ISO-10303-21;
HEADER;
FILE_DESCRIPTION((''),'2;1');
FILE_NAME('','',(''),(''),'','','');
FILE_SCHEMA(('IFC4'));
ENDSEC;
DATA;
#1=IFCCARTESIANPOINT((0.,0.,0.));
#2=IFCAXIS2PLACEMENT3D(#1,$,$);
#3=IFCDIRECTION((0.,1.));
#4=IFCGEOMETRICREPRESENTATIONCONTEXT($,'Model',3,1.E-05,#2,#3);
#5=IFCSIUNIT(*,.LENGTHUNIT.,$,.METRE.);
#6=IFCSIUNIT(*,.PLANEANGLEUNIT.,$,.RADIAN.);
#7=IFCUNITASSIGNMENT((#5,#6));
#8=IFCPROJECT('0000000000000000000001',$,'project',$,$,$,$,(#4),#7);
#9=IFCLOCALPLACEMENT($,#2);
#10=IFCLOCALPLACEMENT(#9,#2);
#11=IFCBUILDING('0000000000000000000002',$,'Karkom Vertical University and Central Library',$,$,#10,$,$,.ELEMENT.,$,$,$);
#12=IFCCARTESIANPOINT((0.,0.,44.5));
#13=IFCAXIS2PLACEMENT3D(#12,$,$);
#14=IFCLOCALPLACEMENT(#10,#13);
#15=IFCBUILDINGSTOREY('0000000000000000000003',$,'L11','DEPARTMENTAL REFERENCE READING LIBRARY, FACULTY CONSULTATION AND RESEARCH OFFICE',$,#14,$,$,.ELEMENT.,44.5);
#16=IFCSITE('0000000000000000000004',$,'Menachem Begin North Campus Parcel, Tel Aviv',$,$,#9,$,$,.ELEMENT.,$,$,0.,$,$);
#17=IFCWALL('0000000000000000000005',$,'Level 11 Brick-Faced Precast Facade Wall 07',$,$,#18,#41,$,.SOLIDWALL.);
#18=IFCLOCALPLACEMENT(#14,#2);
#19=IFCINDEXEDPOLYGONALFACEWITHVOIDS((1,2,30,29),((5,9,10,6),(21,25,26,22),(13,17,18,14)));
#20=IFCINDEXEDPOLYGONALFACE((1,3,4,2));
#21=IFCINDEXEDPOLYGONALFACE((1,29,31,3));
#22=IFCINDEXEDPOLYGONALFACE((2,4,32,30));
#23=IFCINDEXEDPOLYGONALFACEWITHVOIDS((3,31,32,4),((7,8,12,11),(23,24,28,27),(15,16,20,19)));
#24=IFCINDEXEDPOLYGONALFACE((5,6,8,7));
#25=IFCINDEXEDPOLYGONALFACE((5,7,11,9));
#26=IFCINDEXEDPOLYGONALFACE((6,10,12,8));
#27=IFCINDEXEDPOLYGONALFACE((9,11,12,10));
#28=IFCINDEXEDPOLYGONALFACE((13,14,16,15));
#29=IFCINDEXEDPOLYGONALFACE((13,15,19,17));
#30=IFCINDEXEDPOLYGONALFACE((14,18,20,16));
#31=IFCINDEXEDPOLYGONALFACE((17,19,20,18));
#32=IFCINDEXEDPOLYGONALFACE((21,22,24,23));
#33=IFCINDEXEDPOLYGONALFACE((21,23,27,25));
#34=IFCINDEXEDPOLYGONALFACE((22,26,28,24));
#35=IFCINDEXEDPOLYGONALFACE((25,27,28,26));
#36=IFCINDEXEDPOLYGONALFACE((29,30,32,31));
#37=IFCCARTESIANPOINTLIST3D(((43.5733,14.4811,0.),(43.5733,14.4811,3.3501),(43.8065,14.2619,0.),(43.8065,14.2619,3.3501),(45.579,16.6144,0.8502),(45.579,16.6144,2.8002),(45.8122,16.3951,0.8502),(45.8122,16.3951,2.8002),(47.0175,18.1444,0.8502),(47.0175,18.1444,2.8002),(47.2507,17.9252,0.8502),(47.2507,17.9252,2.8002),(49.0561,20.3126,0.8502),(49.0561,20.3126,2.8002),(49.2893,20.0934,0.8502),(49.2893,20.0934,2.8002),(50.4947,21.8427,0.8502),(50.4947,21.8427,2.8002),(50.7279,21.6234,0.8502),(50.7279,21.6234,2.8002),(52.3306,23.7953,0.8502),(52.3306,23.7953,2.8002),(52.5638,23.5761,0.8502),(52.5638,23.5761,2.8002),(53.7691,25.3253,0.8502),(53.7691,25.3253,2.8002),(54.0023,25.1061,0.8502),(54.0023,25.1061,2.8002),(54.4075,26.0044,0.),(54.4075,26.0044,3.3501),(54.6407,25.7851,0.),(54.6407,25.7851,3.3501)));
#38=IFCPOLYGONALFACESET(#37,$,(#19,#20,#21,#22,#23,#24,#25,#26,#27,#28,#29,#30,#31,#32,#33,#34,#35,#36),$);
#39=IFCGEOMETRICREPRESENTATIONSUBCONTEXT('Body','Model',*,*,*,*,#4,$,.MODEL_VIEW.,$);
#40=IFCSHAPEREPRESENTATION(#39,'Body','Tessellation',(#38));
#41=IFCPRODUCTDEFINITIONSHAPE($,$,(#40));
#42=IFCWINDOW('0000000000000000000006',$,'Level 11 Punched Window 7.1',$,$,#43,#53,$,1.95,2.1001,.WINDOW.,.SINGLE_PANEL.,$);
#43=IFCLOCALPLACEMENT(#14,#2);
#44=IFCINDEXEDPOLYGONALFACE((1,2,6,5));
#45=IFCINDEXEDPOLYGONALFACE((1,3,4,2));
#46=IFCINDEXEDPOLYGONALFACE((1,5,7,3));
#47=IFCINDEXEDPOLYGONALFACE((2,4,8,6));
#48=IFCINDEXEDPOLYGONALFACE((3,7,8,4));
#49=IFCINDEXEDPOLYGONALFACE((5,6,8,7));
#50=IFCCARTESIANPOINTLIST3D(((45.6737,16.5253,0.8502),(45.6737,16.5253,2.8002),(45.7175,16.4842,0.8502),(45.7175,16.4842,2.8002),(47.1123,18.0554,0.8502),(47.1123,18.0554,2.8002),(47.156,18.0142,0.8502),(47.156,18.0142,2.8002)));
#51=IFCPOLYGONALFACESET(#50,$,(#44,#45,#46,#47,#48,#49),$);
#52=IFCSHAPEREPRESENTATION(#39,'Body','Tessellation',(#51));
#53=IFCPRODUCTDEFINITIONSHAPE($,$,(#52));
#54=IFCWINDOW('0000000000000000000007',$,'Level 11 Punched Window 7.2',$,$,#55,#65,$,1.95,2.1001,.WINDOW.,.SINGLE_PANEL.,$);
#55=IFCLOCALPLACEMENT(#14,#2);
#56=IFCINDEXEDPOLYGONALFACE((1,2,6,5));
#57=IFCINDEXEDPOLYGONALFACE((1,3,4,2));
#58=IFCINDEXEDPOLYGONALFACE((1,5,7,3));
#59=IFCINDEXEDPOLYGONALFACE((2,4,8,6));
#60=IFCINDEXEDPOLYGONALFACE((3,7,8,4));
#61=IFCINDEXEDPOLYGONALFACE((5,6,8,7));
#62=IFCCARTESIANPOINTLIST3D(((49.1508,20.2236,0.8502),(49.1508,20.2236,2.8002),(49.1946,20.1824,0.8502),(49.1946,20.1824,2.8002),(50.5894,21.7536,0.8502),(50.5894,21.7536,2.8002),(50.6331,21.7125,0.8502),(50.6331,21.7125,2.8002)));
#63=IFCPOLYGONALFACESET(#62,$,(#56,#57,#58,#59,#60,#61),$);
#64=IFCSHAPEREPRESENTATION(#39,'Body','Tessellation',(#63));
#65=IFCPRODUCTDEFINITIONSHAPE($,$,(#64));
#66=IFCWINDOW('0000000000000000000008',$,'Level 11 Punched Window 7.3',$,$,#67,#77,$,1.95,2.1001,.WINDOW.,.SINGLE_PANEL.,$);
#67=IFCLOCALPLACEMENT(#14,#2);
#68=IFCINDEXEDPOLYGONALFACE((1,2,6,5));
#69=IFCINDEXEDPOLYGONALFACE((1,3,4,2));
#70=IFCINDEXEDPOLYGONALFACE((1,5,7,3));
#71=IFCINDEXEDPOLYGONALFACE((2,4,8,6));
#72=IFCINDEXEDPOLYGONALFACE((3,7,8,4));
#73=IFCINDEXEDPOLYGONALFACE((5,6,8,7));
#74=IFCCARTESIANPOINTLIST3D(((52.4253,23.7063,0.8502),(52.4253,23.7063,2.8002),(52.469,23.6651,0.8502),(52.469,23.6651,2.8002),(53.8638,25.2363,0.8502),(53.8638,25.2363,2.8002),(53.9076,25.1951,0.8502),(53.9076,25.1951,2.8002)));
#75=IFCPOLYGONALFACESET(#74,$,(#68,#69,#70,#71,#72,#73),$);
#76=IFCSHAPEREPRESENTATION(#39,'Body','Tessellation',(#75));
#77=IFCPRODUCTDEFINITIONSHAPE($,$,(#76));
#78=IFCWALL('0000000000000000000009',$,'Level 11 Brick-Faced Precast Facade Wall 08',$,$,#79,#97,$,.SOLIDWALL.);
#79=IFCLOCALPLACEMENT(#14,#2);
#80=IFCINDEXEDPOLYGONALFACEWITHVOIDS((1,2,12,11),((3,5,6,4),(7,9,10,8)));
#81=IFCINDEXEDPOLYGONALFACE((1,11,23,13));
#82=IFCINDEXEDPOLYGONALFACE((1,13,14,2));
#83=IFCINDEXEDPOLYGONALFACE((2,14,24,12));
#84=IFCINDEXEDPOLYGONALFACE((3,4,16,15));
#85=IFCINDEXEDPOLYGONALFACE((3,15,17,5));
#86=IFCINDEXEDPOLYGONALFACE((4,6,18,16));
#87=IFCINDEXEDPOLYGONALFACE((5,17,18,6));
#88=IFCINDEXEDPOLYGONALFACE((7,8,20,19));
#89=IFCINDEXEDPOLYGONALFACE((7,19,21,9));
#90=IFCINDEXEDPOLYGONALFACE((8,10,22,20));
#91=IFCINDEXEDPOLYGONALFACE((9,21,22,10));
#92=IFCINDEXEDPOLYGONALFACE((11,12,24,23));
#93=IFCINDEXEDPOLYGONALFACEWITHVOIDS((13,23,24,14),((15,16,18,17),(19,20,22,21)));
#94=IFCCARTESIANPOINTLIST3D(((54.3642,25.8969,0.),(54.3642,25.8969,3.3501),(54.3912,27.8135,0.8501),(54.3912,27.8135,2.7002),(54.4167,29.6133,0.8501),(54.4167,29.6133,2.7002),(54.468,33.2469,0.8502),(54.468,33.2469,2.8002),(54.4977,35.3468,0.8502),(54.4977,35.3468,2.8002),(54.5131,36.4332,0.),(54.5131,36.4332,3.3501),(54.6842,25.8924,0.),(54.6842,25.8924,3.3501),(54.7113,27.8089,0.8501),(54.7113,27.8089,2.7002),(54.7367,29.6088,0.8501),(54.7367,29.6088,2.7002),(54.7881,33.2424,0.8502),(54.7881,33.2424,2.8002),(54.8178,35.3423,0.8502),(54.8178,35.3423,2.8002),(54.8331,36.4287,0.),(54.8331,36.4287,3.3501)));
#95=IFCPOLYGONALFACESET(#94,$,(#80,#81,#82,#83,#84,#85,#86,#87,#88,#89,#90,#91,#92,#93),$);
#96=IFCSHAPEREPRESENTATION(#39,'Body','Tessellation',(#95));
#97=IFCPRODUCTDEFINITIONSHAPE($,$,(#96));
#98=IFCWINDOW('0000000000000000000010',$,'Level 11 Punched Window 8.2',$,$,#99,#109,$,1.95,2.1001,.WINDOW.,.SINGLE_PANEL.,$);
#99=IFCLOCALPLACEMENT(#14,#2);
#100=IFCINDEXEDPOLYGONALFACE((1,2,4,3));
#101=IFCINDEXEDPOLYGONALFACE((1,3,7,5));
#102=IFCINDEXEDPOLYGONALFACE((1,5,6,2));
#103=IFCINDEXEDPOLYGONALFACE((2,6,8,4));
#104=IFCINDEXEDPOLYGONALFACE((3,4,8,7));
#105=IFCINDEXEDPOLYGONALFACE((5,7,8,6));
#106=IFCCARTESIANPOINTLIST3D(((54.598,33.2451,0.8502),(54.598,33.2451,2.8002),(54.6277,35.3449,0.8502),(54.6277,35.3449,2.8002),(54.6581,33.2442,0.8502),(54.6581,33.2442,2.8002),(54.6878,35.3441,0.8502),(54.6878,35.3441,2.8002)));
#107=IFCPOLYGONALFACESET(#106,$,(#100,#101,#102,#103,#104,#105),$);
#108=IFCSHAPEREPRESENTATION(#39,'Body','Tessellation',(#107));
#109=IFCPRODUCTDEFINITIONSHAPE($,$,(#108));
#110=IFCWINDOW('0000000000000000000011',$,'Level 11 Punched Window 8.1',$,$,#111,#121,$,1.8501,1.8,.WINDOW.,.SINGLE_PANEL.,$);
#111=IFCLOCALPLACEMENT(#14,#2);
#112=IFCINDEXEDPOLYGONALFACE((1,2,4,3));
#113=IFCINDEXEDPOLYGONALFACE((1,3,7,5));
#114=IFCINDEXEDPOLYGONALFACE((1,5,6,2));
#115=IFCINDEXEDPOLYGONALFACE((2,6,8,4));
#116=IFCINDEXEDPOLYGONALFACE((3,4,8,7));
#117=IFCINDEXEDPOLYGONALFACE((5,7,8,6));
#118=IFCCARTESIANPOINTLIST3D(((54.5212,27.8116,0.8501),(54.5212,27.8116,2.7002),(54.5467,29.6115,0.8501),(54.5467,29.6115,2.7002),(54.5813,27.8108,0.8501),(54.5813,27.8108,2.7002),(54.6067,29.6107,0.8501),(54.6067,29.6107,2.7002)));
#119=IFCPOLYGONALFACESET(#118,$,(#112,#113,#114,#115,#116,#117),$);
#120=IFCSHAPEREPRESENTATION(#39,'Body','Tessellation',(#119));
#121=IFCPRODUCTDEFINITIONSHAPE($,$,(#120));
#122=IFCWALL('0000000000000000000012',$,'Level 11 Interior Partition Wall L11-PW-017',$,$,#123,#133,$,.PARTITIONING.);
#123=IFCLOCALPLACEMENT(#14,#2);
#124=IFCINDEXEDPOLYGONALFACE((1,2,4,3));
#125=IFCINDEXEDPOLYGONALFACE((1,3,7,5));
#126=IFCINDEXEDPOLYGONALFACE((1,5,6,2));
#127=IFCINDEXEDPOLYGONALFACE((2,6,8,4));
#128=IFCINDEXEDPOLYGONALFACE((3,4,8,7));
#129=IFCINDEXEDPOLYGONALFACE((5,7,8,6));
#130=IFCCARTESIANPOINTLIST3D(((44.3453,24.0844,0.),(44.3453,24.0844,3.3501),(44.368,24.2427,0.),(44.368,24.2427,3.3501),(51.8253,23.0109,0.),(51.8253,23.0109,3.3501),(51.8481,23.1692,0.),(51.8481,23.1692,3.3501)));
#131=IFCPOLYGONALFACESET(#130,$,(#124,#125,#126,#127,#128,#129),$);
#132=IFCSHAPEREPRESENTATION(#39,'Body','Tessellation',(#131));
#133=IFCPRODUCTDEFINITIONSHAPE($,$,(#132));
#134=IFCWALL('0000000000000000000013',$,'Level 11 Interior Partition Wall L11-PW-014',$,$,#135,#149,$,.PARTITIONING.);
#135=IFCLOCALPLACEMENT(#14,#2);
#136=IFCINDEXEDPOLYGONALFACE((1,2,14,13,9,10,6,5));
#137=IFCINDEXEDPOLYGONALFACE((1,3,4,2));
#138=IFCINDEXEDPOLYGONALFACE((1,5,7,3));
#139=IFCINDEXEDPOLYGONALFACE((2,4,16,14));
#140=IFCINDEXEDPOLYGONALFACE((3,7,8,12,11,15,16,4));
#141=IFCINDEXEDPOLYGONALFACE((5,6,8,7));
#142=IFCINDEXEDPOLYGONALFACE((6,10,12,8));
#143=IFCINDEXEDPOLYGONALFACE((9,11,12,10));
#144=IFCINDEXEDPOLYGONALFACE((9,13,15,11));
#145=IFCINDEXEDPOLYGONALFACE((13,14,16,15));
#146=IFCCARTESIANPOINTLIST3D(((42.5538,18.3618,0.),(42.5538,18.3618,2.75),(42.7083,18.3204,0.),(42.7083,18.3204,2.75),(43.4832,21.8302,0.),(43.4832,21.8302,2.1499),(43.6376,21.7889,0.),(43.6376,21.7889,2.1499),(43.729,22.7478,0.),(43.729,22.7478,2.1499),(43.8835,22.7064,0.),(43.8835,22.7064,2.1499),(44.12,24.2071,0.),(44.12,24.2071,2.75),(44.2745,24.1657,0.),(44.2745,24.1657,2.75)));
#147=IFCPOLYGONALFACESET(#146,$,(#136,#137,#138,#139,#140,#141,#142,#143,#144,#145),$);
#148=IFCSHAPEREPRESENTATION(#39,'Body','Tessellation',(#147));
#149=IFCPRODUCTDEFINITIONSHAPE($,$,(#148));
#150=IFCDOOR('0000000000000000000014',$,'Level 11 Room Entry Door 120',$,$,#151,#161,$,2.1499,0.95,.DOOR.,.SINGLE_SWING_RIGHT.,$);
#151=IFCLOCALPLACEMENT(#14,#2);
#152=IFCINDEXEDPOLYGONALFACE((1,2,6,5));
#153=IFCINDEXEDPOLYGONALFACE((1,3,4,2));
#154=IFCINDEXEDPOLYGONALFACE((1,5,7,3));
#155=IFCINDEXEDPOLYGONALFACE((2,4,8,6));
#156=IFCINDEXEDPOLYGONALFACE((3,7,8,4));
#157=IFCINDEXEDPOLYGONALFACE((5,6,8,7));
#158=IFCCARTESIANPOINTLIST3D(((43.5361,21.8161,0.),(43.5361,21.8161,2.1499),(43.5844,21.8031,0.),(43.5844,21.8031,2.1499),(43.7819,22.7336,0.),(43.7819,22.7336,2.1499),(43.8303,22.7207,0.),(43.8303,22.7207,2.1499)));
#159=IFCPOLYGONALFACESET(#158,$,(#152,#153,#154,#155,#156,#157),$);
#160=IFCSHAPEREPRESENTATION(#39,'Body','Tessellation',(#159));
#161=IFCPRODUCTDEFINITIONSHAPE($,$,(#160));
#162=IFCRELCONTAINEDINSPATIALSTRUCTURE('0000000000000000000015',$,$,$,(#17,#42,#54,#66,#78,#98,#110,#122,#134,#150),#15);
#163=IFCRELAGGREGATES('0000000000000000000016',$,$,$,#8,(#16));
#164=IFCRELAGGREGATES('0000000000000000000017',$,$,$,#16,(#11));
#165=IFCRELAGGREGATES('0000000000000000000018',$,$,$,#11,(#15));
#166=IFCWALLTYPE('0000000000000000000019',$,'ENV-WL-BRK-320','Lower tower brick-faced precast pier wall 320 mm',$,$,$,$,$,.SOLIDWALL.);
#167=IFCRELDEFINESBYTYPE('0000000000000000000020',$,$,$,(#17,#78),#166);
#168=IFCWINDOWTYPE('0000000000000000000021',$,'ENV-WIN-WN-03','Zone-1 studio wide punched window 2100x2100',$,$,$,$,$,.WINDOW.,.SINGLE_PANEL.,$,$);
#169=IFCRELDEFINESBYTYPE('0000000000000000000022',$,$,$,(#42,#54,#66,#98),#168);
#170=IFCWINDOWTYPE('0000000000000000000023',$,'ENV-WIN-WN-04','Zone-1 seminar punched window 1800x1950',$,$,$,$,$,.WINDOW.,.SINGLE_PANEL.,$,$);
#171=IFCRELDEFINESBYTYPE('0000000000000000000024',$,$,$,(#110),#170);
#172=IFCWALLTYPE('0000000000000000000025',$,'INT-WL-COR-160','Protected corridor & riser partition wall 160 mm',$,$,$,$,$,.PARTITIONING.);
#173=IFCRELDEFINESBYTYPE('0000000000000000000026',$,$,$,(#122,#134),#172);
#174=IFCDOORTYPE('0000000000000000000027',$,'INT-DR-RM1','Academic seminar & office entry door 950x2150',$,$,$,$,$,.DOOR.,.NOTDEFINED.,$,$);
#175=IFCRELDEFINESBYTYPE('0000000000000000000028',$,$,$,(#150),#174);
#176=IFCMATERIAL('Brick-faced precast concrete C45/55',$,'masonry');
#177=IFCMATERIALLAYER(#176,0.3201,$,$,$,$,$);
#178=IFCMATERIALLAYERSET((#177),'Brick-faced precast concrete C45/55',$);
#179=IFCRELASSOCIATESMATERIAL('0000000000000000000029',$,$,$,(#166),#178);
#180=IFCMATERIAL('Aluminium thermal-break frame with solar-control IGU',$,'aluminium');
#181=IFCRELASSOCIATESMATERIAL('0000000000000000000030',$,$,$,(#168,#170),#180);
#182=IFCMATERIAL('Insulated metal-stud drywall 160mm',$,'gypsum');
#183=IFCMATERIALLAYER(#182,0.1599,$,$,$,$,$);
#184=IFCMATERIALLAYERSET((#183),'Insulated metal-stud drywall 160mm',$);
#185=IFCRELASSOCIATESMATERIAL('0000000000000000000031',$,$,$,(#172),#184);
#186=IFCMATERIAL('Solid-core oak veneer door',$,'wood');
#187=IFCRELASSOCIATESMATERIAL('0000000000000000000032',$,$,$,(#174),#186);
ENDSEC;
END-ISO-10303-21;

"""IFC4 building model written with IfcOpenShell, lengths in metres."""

from ifc_helpers import new_model, si_unit, direction, frame, frame_2d, origin, origin_with_axes, place, context, subcontext, project, spatial, rectangle, extrude, source, transform, mapped, material, layer, layer_set, type_object, element, fill, save


model = new_model("IFC4")

# Units and contexts
model_context = context("Model", 3, precision=1e-05, world=origin(), true_north=direction((0.0, 1.0)))
body_context = subcontext(model_context, "Body", "Model", "MODEL_VIEW")
ifc_project = project(units=[si_unit("LENGTHUNIT", "METRE"), si_unit("PLANEANGLEUNIT", "RADIAN")], contexts=[model_context])

# Site, building, storey
site_placement = place(None, origin())
site = spatial("IfcSite", under=ifc_project, at=site_placement, Name="Menachem Begin North Campus Parcel, Tel Aviv", CompositionType="ELEMENT", RefElevation=0.0)
building_placement = place(site_placement, origin())
building = spatial("IfcBuilding", under=site, at=building_placement, Name="Karkom Vertical University and Central Library", CompositionType="ELEMENT")
storey_placement = place(building_placement, frame((0.0, 0.0, 44.5)))
storey = spatial("IfcBuildingStorey", under=building, at=storey_placement, Name="L11", Description="DEPARTMENTAL REFERENCE READING LIBRARY, FACULTY CONSULTATION AND RESEARCH OFFICE", CompositionType="ELEMENT", Elevation=44.5)

# Walls, openings, windows
ifc_material_1 = material(Name="Brick-faced precast concrete C45/55", Category="masonry")
ifc_layer_1 = layer(ifc_material_1, 0.3201)
ifc_layer_set_1 = layer_set([ifc_layer_1], Name="Brick-faced precast concrete C45/55")
wall_type_1 = type_object("IfcWallType", Name="ENV-WL-BRK-320", Description="Lower tower brick-faced precast pier wall 320 mm", PredefinedType="SOLIDWALL", material=ifc_layer_set_1)
wall_1_placement = place(storey_placement, frame((43.6899, 14.3716, 0.0), z_axis=(0.0, 0.0, 1.0), x_axis=(0.684991, 0.728551, 0.0)))
wall_1 = element("IfcWall", 1, at=wall_1_placement, inside=storey, type_object=wall_type_1, Name="Level 11 Brick-Faced Precast Facade Wall 07", PredefinedType="SOLIDWALL", context=body_context, shape_type="SweptSolid", body=[
    extrude(rectangle(XDim=15.8167, YDim=0.3201, at=frame_2d((7.9082, 0.0))), origin(), (0.0, 0.0, 1.0), 3.3501),
])
opening_1_placement = place(wall_1_placement, frame((2.928, 0.0, 0.8501)))
opening_1 = element("IfcOpeningElement", 2, at=opening_1_placement, cuts=wall_1, PredefinedType="OPENING", context=body_context, shape_type="SweptSolid", body=[
    extrude(rectangle(XDim=2.1001, YDim=1.95, at=frame_2d((1.05, 0.9751))), frame((0.0, 0.1699, 0.0), z_axis=(0.0, -1.0, 0.0), x_axis=(1.0, 0.0, 0.0)), (0.0, 0.0, 1.0), 0.3401),
])
opening_2_placement = place(wall_1_placement, frame((8.0042, 0.0, 0.8501)))
opening_2 = element("IfcOpeningElement", 3, at=opening_2_placement, cuts=wall_1, PredefinedType="OPENING", context=body_context, shape_type="SweptSolid", body=[
    extrude(rectangle(XDim=2.1001, YDim=1.95, at=frame_2d((1.05, 0.9751))), frame((0.0, 0.1699, 0.0), z_axis=(0.0, -1.0, 0.0), x_axis=(1.0, 0.0, 0.0)), (0.0, 0.0, 1.0), 0.3401),
])
opening_3_placement = place(wall_1_placement, frame((12.7844, 0.0, 0.8501)))
opening_3 = element("IfcOpeningElement", 4, at=opening_3_placement, cuts=wall_1, PredefinedType="OPENING", context=body_context, shape_type="SweptSolid", body=[
    extrude(rectangle(XDim=2.1001, YDim=1.95, at=frame_2d((1.05, 0.9751))), frame((0.0, 0.1699, 0.0), z_axis=(0.0, -1.0, 0.0), x_axis=(1.0, 0.0, 0.0)), (0.0, 0.0, 1.0), 0.3401),
])
ifc_material_2 = material(Name="Aluminium thermal-break frame with solar-control IGU", Category="aluminium")
window_type_1 = type_object("IfcWindowType", Name="ENV-WIN-WN-03", Description="Zone-1 studio wide punched window 2100x2100", PartitioningType="SINGLE_PANEL", PredefinedType="WINDOW", material=ifc_material_2)
shared_shape_1 = source(origin_with_axes(), body_context, "Body", "SweptSolid", [
    extrude(rectangle(XDim=2.1001, YDim=1.95, at=frame_2d((1.05, 0.9751))), frame((0.0, 0.03, 0.0), z_axis=(0.0, -1.0, 0.0), x_axis=(1.0, 0.0, 0.0)), (0.0, 0.0, 1.0), 0.0601),
])
window_1_placement = place(opening_1_placement, origin())
window_1 = element("IfcWindow", 5, at=window_1_placement, inside=storey, type_object=window_type_1, Name="Level 11 Punched Window 7.1", OverallHeight=1.95, OverallWidth=2.1001, PartitioningType="SINGLE_PANEL", PredefinedType="WINDOW", context=body_context, shape_type="MappedRepresentation", body=[
    mapped(shared_shape_1, transform((0.0, 0.0, 0.0), scale=1.0)),
])
fill(opening_1, window_1)
window_2_placement = place(opening_2_placement, origin())
window_2 = element("IfcWindow", 6, at=window_2_placement, inside=storey, type_object=window_type_1, Name="Level 11 Punched Window 7.2", OverallHeight=1.95, OverallWidth=2.1001, PartitioningType="SINGLE_PANEL", PredefinedType="WINDOW", context=body_context, shape_type="MappedRepresentation", body=[
    mapped(shared_shape_1, transform((0.0, 0.0, 0.0), scale=1.0)),
])
fill(opening_2, window_2)
window_3_placement = place(opening_3_placement, origin())
window_3 = element("IfcWindow", 7, at=window_3_placement, inside=storey, type_object=window_type_1, Name="Level 11 Punched Window 7.3", OverallHeight=1.95, OverallWidth=2.1001, PartitioningType="SINGLE_PANEL", PredefinedType="WINDOW", context=body_context, shape_type="MappedRepresentation", body=[
    mapped(shared_shape_1, transform((0.0, 0.0, 0.0), scale=1.0)),
])
fill(opening_3, window_3)
wall_2_placement = place(storey_placement, frame((54.5242, 25.8948, 0.0), z_axis=(0.0, 0.0, 1.0), x_axis=(0.014133, 0.9999, 0.0)))
wall_2 = element("IfcWall", 8, at=wall_2_placement, inside=storey, type_object=wall_type_1, Name="Level 11 Brick-Faced Precast Facade Wall 08", PredefinedType="SOLIDWALL", context=body_context, shape_type="SweptSolid", body=[
    extrude(rectangle(XDim=10.5374, YDim=0.3201, at=frame_2d((5.2686, 0.0))), origin(), (0.0, 0.0, 1.0), 3.3501),
])
opening_4_placement = place(wall_2_placement, frame((1.9167, 0.0, 0.8501)))
opening_4 = element("IfcOpeningElement", 9, at=opening_4_placement, cuts=wall_2, PredefinedType="OPENING", context=body_context, shape_type="SweptSolid", body=[
    extrude(rectangle(XDim=1.8, YDim=1.8501, at=frame_2d((0.8999, 0.925))), frame((0.0, 0.1699, 0.0), z_axis=(0.0, -1.0, 0.0), x_axis=(1.0, 0.0, 0.0)), (0.0, 0.0, 1.0), 0.3401),
])
opening_5_placement = place(wall_2_placement, frame((7.3506, 0.0, 0.8501)))
opening_5 = element("IfcOpeningElement", 10, at=opening_5_placement, cuts=wall_2, PredefinedType="OPENING", context=body_context, shape_type="SweptSolid", body=[
    extrude(rectangle(XDim=2.1001, YDim=1.95, at=frame_2d((1.05, 0.9751))), frame((0.0, 0.1699, 0.0), z_axis=(0.0, -1.0, 0.0), x_axis=(1.0, 0.0, 0.0)), (0.0, 0.0, 1.0), 0.3401),
])
window_4_placement = place(opening_5_placement, origin())
window_4 = element("IfcWindow", 11, at=window_4_placement, inside=storey, type_object=window_type_1, Name="Level 11 Punched Window 8.2", OverallHeight=1.95, OverallWidth=2.1001, PartitioningType="SINGLE_PANEL", PredefinedType="WINDOW", context=body_context, shape_type="MappedRepresentation", body=[
    mapped(shared_shape_1, transform((0.0, 0.0, 0.0), scale=1.0)),
])
fill(opening_5, window_4)
window_type_2 = type_object("IfcWindowType", Name="ENV-WIN-WN-04", Description="Zone-1 seminar punched window 1800x1950", PartitioningType="SINGLE_PANEL", PredefinedType="WINDOW", material=ifc_material_2)
shared_shape_2 = source(origin_with_axes(), body_context, "Body", "SweptSolid", [
    extrude(rectangle(XDim=1.8, YDim=1.8501, at=frame_2d((0.8999, 0.925))), frame((0.0, 0.03, 0.0), z_axis=(0.0, -1.0, 0.0), x_axis=(1.0, 0.0, 0.0)), (0.0, 0.0, 1.0), 0.0601),
])
window_5_placement = place(opening_4_placement, origin())
window_5 = element("IfcWindow", 12, at=window_5_placement, inside=storey, type_object=window_type_2, Name="Level 11 Punched Window 8.1", OverallHeight=1.8501, OverallWidth=1.8, PartitioningType="SINGLE_PANEL", PredefinedType="WINDOW", context=body_context, shape_type="MappedRepresentation", body=[
    mapped(shared_shape_2, transform((0.0, 0.0, 0.0), scale=1.0)),
])
fill(opening_4, window_5)

# Wall
ifc_material_3 = material(Name="Insulated metal-stud drywall 160mm", Category="gypsum")
ifc_layer_2 = layer(ifc_material_3, 0.1599)
ifc_layer_set_2 = layer_set([ifc_layer_2], Name="Insulated metal-stud drywall 160mm")
wall_type_2 = type_object("IfcWallType", Name="INT-WL-COR-160", Description="Protected corridor & riser partition wall 160 mm", PredefinedType="PARTITIONING", material=ifc_layer_set_2)
wall_3_placement = place(storey_placement, frame((44.3567, 24.1636, 0.0), z_axis=(0.0, 0.0, 1.0), x_axis=(0.989858, -0.142059, 0.0)))
element("IfcWall", 13, at=wall_3_placement, inside=storey, type_object=wall_type_2, Name="Level 11 Interior Partition Wall L11-PW-017", PredefinedType="PARTITIONING", context=body_context, shape_type="SweptSolid", body=[
    extrude(rectangle(XDim=7.5566, YDim=0.1599, at=frame_2d((3.7783, 0.0))), origin(), (0.0, 0.0, 1.0), 3.3501),
])

# Wall, opening, door
wall_4_placement = place(storey_placement, frame((44.1973, 24.1865, 0.0), z_axis=(0.0, 0.0, 1.0), x_axis=(-0.25881, -0.965928, 0.0)))
wall_4 = element("IfcWall", 14, at=wall_4_placement, inside=storey, type_object=wall_type_2, Name="Level 11 Interior Partition Wall L11-PW-014", PredefinedType="PARTITIONING", context=body_context, shape_type="SweptSolid", body=[
    extrude(rectangle(XDim=6.0515, YDim=0.1599, at=frame_2d((3.0259, 0.0))), origin(), (0.0, 0.0, 1.0), 2.75),
])
opening_6_placement = place(wall_4_placement, frame((1.5107, 0.0, 0.0)))
opening_6 = element("IfcOpeningElement", 15, at=opening_6_placement, cuts=wall_4, PredefinedType="OPENING", context=body_context, shape_type="SweptSolid", body=[
    extrude(rectangle(XDim=0.95, YDim=2.1499, at=frame_2d((0.4751, 1.075))), frame((0.0, 0.0898, 0.0), z_axis=(0.0, -1.0, 0.0), x_axis=(1.0, 0.0, 0.0)), (0.0, 0.0, 1.0), 0.1799),
])
ifc_material_4 = material(Name="Solid-core oak veneer door", Category="wood")
door_type = type_object("IfcDoorType", Name="INT-DR-RM1", Description="Academic seminar & office entry door 950x2150", OperationType="NOTDEFINED", PredefinedType="DOOR", material=ifc_material_4)
shared_shape_3 = source(origin_with_axes(), body_context, "Body", "SweptSolid", [
    extrude(rectangle(XDim=0.95, YDim=2.1499, at=frame_2d((0.4751, 1.075))), frame((0.0, 0.0249, 0.0), z_axis=(0.0, -1.0, 0.0), x_axis=(1.0, 0.0, 0.0)), (0.0, 0.0, 1.0), 0.05),
])
door_placement = place(opening_6_placement, origin())
door = element("IfcDoor", 16, at=door_placement, inside=storey, type_object=door_type, Name="Level 11 Room Entry Door 120", OperationType="SINGLE_SWING_RIGHT", OverallHeight=2.1499, OverallWidth=0.95, PredefinedType="DOOR", context=body_context, shape_type="MappedRepresentation", body=[
    mapped(shared_shape_3, transform((0.0, 0.0, 0.0), scale=1.0)),
])
fill(opening_6, door)

save(model, "model.ifc")
